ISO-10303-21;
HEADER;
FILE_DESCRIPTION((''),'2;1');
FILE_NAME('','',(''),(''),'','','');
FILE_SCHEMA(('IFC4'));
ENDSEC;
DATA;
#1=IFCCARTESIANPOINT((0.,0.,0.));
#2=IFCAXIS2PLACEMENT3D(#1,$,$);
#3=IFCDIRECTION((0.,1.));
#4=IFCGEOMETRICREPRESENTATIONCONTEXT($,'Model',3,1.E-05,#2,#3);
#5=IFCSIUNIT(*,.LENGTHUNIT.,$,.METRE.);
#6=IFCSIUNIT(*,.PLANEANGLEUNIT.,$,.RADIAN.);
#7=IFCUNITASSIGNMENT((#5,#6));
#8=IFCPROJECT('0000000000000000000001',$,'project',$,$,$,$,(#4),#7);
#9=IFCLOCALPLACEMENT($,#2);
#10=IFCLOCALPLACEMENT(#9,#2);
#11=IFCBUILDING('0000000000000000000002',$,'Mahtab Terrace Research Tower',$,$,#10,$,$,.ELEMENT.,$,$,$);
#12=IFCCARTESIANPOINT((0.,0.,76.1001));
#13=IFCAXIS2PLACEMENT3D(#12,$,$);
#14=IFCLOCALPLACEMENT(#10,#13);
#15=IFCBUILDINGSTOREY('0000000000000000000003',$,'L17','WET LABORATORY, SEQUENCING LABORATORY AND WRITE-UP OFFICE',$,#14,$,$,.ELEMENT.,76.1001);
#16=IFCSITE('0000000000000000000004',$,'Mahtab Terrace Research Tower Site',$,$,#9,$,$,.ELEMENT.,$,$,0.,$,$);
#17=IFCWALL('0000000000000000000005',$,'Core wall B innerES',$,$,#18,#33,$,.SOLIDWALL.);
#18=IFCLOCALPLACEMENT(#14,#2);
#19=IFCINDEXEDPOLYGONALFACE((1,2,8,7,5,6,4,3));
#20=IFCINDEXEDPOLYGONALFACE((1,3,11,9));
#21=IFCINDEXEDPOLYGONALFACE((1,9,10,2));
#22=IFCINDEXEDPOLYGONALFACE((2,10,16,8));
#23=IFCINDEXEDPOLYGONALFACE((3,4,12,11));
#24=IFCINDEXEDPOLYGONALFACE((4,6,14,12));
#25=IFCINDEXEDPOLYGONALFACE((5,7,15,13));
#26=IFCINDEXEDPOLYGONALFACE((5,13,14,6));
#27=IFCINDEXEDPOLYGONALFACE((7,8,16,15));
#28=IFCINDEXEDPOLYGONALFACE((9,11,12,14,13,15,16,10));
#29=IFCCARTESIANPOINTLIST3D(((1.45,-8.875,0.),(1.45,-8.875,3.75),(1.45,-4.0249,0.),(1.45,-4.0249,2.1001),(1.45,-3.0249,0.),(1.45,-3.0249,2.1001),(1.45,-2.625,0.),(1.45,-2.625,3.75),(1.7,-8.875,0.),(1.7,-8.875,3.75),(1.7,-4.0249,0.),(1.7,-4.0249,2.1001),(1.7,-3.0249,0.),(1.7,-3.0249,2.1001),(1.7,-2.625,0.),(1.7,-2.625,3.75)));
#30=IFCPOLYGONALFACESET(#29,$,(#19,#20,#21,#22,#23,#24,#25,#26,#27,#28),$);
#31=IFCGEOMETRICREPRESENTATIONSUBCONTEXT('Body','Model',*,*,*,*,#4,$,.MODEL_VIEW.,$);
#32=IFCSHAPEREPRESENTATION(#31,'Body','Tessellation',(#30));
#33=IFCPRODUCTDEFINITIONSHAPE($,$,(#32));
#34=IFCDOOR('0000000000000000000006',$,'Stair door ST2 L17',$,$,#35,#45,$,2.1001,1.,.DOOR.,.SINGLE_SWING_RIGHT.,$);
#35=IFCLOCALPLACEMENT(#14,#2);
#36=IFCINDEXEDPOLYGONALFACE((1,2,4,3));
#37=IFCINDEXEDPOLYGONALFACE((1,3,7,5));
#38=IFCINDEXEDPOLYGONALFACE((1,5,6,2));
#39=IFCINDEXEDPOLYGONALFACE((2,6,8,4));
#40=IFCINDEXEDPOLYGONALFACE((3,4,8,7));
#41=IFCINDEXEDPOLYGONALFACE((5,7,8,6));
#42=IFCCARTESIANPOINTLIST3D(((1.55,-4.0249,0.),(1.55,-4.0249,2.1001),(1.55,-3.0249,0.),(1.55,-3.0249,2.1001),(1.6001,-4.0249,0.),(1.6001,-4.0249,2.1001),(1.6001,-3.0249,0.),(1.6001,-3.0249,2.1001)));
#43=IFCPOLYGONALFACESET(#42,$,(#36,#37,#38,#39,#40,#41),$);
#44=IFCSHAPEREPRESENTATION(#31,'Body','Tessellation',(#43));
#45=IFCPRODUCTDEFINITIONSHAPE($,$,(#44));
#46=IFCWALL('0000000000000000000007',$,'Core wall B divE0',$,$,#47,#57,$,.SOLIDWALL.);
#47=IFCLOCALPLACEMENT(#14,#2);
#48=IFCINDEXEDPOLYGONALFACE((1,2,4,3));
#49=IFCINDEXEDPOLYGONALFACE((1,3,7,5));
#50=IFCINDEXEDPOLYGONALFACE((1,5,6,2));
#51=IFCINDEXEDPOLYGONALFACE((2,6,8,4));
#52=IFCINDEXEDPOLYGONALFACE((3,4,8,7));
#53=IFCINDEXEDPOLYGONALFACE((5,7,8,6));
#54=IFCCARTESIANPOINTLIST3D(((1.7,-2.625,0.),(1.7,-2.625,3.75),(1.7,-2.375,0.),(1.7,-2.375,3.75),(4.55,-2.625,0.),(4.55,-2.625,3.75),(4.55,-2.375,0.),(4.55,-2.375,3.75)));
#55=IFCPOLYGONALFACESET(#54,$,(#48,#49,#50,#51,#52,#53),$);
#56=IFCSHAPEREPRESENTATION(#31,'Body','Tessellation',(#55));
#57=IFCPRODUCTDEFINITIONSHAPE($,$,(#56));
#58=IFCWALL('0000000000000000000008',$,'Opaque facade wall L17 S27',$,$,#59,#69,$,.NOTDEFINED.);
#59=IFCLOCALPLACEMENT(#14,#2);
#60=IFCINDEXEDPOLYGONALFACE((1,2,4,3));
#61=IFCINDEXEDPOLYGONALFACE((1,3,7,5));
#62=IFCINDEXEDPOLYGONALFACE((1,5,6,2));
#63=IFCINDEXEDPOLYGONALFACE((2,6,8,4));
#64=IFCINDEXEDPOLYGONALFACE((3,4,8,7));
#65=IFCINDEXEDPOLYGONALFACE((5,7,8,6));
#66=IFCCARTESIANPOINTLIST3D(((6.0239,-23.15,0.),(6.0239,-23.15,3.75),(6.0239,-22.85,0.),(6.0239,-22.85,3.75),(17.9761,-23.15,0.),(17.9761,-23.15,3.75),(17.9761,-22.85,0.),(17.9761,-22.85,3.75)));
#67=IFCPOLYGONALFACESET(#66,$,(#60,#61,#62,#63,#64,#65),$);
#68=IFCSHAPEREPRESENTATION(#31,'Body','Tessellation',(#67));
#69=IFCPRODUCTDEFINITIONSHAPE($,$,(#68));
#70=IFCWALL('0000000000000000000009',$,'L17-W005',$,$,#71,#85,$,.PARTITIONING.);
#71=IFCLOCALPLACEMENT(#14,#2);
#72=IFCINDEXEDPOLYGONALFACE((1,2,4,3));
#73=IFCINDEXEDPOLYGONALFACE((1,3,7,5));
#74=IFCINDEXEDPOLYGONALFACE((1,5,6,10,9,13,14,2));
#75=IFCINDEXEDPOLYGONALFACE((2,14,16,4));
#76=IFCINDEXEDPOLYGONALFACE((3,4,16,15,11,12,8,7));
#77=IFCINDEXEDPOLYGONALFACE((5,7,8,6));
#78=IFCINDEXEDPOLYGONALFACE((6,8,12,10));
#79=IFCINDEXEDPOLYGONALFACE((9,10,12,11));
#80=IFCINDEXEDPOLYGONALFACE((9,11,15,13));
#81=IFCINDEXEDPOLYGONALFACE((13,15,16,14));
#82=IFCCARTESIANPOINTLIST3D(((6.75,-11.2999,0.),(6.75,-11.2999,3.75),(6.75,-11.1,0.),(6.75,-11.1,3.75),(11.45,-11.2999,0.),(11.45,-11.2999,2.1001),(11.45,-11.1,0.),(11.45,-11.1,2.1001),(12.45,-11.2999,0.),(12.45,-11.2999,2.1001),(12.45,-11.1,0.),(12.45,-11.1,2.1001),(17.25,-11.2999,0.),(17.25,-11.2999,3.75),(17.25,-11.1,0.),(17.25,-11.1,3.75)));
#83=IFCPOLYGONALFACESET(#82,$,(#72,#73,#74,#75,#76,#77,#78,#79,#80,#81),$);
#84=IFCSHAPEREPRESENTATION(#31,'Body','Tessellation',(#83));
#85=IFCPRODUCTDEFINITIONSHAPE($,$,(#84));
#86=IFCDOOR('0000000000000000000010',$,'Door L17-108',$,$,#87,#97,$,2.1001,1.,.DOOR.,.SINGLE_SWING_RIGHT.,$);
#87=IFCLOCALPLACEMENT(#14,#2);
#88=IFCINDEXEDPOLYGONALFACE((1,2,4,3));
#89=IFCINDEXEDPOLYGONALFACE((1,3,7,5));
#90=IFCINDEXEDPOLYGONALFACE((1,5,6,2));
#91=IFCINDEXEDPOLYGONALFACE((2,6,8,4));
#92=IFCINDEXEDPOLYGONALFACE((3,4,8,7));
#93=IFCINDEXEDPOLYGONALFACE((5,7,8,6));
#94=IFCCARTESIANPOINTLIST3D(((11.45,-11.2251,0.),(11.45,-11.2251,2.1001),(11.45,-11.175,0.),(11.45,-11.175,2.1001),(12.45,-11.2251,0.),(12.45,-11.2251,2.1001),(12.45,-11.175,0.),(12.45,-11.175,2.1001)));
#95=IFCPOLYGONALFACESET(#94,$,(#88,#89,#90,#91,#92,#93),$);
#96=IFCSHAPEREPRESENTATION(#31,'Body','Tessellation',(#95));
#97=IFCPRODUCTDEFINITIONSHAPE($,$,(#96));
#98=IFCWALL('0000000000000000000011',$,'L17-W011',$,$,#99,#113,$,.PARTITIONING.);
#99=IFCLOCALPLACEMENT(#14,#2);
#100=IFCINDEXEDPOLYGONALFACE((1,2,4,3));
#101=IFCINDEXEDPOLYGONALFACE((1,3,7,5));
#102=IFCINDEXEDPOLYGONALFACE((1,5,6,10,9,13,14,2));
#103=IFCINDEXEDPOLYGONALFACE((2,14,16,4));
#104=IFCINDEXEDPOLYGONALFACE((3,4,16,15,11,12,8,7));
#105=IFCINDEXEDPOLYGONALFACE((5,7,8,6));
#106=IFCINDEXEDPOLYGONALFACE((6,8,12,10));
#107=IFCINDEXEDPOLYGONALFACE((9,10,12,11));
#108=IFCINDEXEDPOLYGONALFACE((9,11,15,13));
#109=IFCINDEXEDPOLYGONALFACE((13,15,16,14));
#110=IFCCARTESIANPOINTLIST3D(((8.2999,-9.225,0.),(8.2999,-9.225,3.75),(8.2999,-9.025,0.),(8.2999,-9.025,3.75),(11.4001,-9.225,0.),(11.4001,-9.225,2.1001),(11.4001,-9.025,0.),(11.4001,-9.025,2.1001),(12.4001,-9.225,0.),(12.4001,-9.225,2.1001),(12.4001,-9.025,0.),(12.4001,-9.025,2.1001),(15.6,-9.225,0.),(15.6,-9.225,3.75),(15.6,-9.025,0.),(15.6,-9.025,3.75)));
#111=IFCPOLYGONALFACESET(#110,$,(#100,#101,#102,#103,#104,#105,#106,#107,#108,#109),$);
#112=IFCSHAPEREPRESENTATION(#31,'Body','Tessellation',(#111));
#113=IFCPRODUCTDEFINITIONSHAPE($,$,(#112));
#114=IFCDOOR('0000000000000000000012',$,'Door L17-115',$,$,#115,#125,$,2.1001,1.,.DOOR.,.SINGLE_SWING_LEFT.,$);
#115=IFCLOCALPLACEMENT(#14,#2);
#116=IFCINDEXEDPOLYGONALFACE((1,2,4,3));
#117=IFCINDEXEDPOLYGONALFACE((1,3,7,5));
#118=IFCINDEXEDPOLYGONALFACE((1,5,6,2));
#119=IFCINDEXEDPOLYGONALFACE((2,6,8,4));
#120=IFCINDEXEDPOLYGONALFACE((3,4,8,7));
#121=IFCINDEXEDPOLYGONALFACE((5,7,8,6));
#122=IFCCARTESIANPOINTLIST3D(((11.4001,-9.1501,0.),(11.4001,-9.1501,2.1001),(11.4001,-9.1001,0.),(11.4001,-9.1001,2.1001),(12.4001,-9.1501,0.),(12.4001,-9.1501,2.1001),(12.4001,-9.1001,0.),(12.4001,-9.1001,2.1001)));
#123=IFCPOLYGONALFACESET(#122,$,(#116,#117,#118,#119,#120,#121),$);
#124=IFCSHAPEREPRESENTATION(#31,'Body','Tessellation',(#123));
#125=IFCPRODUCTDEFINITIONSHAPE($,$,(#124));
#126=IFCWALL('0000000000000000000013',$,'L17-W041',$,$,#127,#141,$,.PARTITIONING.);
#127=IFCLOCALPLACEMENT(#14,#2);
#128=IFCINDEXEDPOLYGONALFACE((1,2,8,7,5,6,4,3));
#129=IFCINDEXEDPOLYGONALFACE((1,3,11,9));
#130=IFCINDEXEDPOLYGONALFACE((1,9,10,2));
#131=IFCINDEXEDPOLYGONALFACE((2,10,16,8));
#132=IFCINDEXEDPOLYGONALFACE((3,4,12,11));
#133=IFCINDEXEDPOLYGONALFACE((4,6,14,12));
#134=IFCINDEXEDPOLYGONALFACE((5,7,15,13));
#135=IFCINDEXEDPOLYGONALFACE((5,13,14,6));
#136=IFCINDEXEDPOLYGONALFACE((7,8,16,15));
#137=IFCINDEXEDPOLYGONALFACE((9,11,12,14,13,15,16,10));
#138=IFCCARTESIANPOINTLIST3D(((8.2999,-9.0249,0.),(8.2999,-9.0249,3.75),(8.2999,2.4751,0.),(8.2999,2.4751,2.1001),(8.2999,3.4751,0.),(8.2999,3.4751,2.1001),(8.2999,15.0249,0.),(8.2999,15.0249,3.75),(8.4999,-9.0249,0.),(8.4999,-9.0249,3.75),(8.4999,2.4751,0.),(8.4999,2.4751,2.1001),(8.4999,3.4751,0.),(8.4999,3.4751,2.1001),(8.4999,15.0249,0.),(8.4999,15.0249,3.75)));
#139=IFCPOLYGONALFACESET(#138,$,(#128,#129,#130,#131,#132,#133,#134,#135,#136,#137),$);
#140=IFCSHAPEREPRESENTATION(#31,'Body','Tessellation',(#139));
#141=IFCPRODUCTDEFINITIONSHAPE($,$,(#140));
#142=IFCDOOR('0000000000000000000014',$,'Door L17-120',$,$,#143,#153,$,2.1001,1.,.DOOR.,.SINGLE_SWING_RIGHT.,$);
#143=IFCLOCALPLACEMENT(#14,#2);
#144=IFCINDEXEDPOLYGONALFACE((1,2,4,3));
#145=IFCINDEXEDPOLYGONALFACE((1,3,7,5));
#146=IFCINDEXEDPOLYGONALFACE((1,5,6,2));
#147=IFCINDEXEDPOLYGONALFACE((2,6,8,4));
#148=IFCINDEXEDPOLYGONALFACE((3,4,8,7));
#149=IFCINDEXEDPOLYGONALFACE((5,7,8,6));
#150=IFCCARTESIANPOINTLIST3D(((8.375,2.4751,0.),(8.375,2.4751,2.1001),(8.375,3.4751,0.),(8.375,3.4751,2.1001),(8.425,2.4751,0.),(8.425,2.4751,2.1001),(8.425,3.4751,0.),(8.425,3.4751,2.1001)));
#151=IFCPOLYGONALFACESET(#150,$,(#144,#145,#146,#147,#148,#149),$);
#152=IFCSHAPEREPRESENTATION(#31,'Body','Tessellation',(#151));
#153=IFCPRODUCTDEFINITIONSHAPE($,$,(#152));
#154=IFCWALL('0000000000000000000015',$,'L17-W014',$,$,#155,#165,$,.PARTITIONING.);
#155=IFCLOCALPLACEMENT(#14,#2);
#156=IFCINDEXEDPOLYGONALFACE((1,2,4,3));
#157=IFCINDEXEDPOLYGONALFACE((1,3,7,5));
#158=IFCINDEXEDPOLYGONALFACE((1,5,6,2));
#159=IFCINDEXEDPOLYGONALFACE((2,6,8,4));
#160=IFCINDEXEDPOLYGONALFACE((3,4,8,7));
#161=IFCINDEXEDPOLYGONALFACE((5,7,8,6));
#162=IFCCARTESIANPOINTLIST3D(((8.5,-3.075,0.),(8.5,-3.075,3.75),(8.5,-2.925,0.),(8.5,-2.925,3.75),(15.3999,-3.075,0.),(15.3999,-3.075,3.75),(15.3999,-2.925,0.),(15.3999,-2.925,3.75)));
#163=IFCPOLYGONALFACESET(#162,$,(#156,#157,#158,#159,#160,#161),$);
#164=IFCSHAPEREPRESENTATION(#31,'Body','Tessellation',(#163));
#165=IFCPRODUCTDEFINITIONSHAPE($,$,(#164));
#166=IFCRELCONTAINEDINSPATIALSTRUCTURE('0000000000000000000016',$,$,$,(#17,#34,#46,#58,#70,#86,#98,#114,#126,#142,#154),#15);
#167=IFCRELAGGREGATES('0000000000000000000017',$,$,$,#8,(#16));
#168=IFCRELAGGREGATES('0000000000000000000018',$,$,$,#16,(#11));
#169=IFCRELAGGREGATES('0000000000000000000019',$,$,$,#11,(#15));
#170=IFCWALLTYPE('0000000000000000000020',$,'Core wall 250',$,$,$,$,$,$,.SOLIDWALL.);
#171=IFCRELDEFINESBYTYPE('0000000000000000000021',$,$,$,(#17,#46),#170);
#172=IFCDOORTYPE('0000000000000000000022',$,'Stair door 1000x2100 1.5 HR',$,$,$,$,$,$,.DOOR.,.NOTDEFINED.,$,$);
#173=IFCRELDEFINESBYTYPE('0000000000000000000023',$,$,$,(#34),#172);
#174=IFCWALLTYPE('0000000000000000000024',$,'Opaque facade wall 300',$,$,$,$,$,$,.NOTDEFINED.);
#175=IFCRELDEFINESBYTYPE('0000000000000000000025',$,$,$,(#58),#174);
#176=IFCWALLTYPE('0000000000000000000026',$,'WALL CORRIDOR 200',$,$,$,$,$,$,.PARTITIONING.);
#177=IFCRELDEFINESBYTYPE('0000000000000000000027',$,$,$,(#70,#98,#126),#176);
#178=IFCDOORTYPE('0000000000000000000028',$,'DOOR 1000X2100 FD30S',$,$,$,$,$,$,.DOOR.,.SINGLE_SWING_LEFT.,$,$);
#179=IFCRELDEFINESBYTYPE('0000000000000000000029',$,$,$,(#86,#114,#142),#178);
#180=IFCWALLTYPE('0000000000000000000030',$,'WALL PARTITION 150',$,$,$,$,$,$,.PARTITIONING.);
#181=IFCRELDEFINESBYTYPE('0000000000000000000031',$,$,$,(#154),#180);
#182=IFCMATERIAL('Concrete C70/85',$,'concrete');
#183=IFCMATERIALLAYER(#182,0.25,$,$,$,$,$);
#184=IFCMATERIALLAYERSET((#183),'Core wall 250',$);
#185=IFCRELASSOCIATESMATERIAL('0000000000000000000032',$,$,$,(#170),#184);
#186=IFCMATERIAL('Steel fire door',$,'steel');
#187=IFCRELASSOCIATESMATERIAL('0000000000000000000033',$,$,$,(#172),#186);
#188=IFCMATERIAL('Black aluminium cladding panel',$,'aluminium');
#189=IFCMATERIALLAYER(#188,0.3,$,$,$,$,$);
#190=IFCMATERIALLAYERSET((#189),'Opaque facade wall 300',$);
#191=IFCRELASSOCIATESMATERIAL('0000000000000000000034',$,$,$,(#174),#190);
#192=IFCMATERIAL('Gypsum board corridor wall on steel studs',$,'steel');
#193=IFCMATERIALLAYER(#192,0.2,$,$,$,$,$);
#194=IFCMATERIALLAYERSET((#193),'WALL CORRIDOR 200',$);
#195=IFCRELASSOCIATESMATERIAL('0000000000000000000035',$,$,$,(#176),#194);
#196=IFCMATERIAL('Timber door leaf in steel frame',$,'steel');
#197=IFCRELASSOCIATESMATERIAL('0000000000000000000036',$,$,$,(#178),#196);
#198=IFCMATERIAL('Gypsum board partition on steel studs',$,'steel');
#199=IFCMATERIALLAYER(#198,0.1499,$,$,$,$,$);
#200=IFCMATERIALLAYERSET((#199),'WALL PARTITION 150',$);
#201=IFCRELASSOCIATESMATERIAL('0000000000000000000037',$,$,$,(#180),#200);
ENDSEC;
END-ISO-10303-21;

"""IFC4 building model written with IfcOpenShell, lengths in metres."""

from ifc_helpers import new_model, si_unit, direction, frame, frame_2d, origin, place, context, subcontext, project, spatial, rectangle, extrude, material, layer, layer_set, type_object, element, fill, save


model = new_model("IFC4")

# Units and contexts
model_context = context("Model", 3, precision=1e-05, world=origin(), true_north=direction((0.0, 1.0)))
body_context = subcontext(model_context, "Body", "Model", "MODEL_VIEW")
ifc_project = project(units=[si_unit("LENGTHUNIT", "METRE"), si_unit("PLANEANGLEUNIT", "RADIAN")], contexts=[model_context])

# Site, building, storey
site_placement = place(None, origin())
site = spatial("IfcSite", under=ifc_project, at=site_placement, Name="Mahtab Terrace Research Tower Site", CompositionType="ELEMENT", RefElevation=0.0)
building_placement = place(site_placement, origin())
building = spatial("IfcBuilding", under=site, at=building_placement, Name="Mahtab Terrace Research Tower", CompositionType="ELEMENT")
storey_placement = place(building_placement, frame((0.0, 0.0, 76.1001)))
storey = spatial("IfcBuildingStorey", under=building, at=storey_placement, Name="L17", Description="WET LABORATORY, SEQUENCING LABORATORY AND WRITE-UP OFFICE", CompositionType="ELEMENT", Elevation=76.1001)

# Shared definitions
ifc_material_1 = material(Name="Concrete C70/85", Category="concrete")

# Shared definitions
ifc_layer_1 = layer(ifc_material_1, 0.25)
ifc_layer_set_1 = layer_set([ifc_layer_1], Name="Core wall 250")
wall_type_1 = type_object("IfcWallType", Name="Core wall 250", PredefinedType="SOLIDWALL", material=ifc_layer_set_1)

# Wall, opening, door
ifc_material_2 = material(Name="Steel fire door", Category="steel")
wall_1_placement = place(storey_placement, frame((1.575, -8.875, 0.0), z_axis=(0.0, 0.0, 1.0), x_axis=(0.0, 1.0, 0.0)))
wall_1 = element("IfcWall", 1, at=wall_1_placement, inside=storey, type_object=wall_type_1, Name="Core wall B innerES", PredefinedType="SOLIDWALL", context=body_context, shape_type="SweptSolid", body=[
    extrude(rectangle(XDim=6.25, YDim=0.25, at=frame_2d((3.125, 0.0))), origin(), (0.0, 0.0, 1.0), 3.75),
])
opening_1_placement = place(wall_1_placement, frame((4.8501, 0.0, 0.0)))
opening_1 = element("IfcOpeningElement", 2, at=opening_1_placement, cuts=wall_1, PredefinedType="OPENING", context=body_context, shape_type="SweptSolid", body=[
    extrude(rectangle(XDim=1.0, YDim=2.1001, at=frame_2d((0.5, 1.05))), frame((0.0, 0.135, 0.0), z_axis=(0.0, -1.0, 0.0), x_axis=(1.0, 0.0, 0.0)), (0.0, 0.0, 1.0), 0.27),
])
door_type_1 = type_object("IfcDoorType", Name="Stair door 1000x2100 1.5 HR", OperationType="NOTDEFINED", PredefinedType="DOOR", material=ifc_material_2)
door_1_placement = place(opening_1_placement, origin())
door_1 = element("IfcDoor", 3, at=door_1_placement, inside=storey, type_object=door_type_1, Name="Stair door ST2 L17", OperationType="SINGLE_SWING_RIGHT", OverallHeight=2.1001, OverallWidth=1.0, PredefinedType="DOOR", context=body_context, shape_type="SweptSolid", body=[
    extrude(rectangle(XDim=1.0, YDim=2.1001, at=frame_2d((0.5, 1.05))), frame((0.0, 0.0249, 0.0), z_axis=(0.0, -1.0, 0.0), x_axis=(1.0, 0.0, 0.0)), (0.0, 0.0, 1.0), 0.05),
])
fill(opening_1, door_1)

# Walls
wall_2_placement = place(storey_placement, frame((1.7, -2.5, 0.0), z_axis=(0.0, 0.0, 1.0), x_axis=(1.0, 0.0, 0.0)))
element("IfcWall", 4, at=wall_2_placement, inside=storey, type_object=wall_type_1, Name="Core wall B divE0", PredefinedType="SOLIDWALL", context=body_context, shape_type="SweptSolid", body=[
    extrude(rectangle(XDim=2.8501, YDim=0.25, at=frame_2d((1.425, 0.0))), origin(), (0.0, 0.0, 1.0), 3.75),
])
ifc_material_3 = material(Name="Black aluminium cladding panel", Category="aluminium")
ifc_layer_2 = layer(ifc_material_3, 0.3)
ifc_layer_set_2 = layer_set([ifc_layer_2], Name="Opaque facade wall 300")
wall_type_2 = type_object("IfcWallType", Name="Opaque facade wall 300", PredefinedType="NOTDEFINED", material=ifc_layer_set_2)
wall_3_placement = place(storey_placement, frame((6.0239, -23.0, 0.0), z_axis=(0.0, 0.0, 1.0), x_axis=(1.0, 0.0, 0.0)))
element("IfcWall", 5, at=wall_3_placement, inside=storey, type_object=wall_type_2, Name="Opaque facade wall L17 S27", PredefinedType="NOTDEFINED", context=body_context, shape_type="SweptSolid", body=[
    extrude(rectangle(XDim=11.9521, YDim=0.3, at=frame_2d((5.9761, 0.0))), origin(), (0.0, 0.0, 1.0), 3.75),
])

# Walls, openings, doors
ifc_material_4 = material(Name="Gypsum board corridor wall on steel studs", Category="steel")
ifc_layer_3 = layer(ifc_material_4, 0.2)
ifc_layer_set_3 = layer_set([ifc_layer_3], Name="WALL CORRIDOR 200")
wall_type_3 = type_object("IfcWallType", Name="WALL CORRIDOR 200", PredefinedType="PARTITIONING", material=ifc_layer_set_3)
wall_4_placement = place(storey_placement, frame((6.75, -11.2, 0.0), z_axis=(0.0, 0.0, 1.0), x_axis=(1.0, 0.0, 0.0)))
wall_4 = element("IfcWall", 6, at=wall_4_placement, inside=storey, type_object=wall_type_3, Name="L17-W005", PredefinedType="PARTITIONING", context=body_context, shape_type="SweptSolid", body=[
    extrude(rectangle(XDim=10.5, YDim=0.2, at=frame_2d((5.25, 0.0))), origin(), (0.0, 0.0, 1.0), 3.75),
])
opening_2_placement = place(wall_4_placement, frame((4.7, 0.0, 0.0)))
opening_2 = element("IfcOpeningElement", 7, at=opening_2_placement, cuts=wall_4, PredefinedType="OPENING", context=body_context, shape_type="SweptSolid", body=[
    extrude(rectangle(XDim=1.0, YDim=2.1001, at=frame_2d((0.5, 1.05))), frame((0.0, 0.1099, 0.0), z_axis=(0.0, -1.0, 0.0), x_axis=(1.0, 0.0, 0.0)), (0.0, 0.0, 1.0), 0.22),
])
ifc_material_5 = material(Name="Timber door leaf in steel frame", Category="steel")
door_type_2 = type_object("IfcDoorType", Name="DOOR 1000X2100 FD30S", OperationType="SINGLE_SWING_LEFT", PredefinedType="DOOR", material=ifc_material_5)
door_2_placement = place(opening_2_placement, origin())
door_2 = element("IfcDoor", 8, at=door_2_placement, inside=storey, type_object=door_type_2, Name="Door L17-108", OperationType="SINGLE_SWING_RIGHT", OverallHeight=2.1001, OverallWidth=1.0, PredefinedType="DOOR", context=body_context, shape_type="SweptSolid", body=[
    extrude(rectangle(XDim=1.0, YDim=2.1001, at=frame_2d((0.5, 1.05))), frame((0.0, 0.0249, 0.0), z_axis=(0.0, -1.0, 0.0), x_axis=(1.0, 0.0, 0.0)), (0.0, 0.0, 1.0), 0.05),
])
fill(opening_2, door_2)
wall_5_placement = place(storey_placement, frame((8.3, -9.125, 0.0), z_axis=(0.0, 0.0, 1.0), x_axis=(1.0, 0.0, 0.0)))
wall_5 = element("IfcWall", 9, at=wall_5_placement, inside=storey, type_object=wall_type_3, Name="L17-W011", PredefinedType="PARTITIONING", context=body_context, shape_type="SweptSolid", body=[
    extrude(rectangle(XDim=7.3, YDim=0.2, at=frame_2d((3.6499, 0.0))), origin(), (0.0, 0.0, 1.0), 3.75),
])
opening_3_placement = place(wall_5_placement, frame((3.1001, 0.0, 0.0)))
opening_3 = element("IfcOpeningElement", 10, at=opening_3_placement, cuts=wall_5, PredefinedType="OPENING", context=body_context, shape_type="SweptSolid", body=[
    extrude(rectangle(XDim=1.0, YDim=2.1001, at=frame_2d((0.5, 1.05))), frame((0.0, 0.1099, 0.0), z_axis=(0.0, -1.0, 0.0), x_axis=(1.0, 0.0, 0.0)), (0.0, 0.0, 1.0), 0.22),
])
door_3_placement = place(opening_3_placement, origin())
door_3 = element("IfcDoor", 11, at=door_3_placement, inside=storey, type_object=door_type_2, Name="Door L17-115", OperationType="SINGLE_SWING_LEFT", OverallHeight=2.1001, OverallWidth=1.0, PredefinedType="DOOR", context=body_context, shape_type="SweptSolid", body=[
    extrude(rectangle(XDim=1.0, YDim=2.1001, at=frame_2d((0.5, 1.05))), frame((0.0, 0.0249, 0.0), z_axis=(0.0, -1.0, 0.0), x_axis=(1.0, 0.0, 0.0)), (0.0, 0.0, 1.0), 0.05),
])
fill(opening_3, door_3)
wall_6_placement = place(storey_placement, frame((8.3999, -9.0249, 0.0), z_axis=(0.0, 0.0, 1.0), x_axis=(0.0, 1.0, 0.0)))
wall_6 = element("IfcWall", 12, at=wall_6_placement, inside=storey, type_object=wall_type_3, Name="L17-W041", PredefinedType="PARTITIONING", context=body_context, shape_type="SweptSolid", body=[
    extrude(rectangle(XDim=24.0498, YDim=0.2, at=frame_2d((12.0249, 0.0))), origin(), (0.0, 0.0, 1.0), 3.75),
])
opening_4_placement = place(wall_6_placement, frame((11.5, 0.0, 0.0)))
opening_4 = element("IfcOpeningElement", 13, at=opening_4_placement, cuts=wall_6, PredefinedType="OPENING", context=body_context, shape_type="SweptSolid", body=[
    extrude(rectangle(XDim=1.0, YDim=2.1001, at=frame_2d((0.5, 1.05))), frame((0.0, 0.1099, 0.0), z_axis=(0.0, -1.0, 0.0), x_axis=(1.0, 0.0, 0.0)), (0.0, 0.0, 1.0), 0.22),
])
door_4_placement = place(opening_4_placement, origin())
door_4 = element("IfcDoor", 14, at=door_4_placement, inside=storey, type_object=door_type_2, Name="Door L17-120", OperationType="SINGLE_SWING_RIGHT", OverallHeight=2.1001, OverallWidth=1.0, PredefinedType="DOOR", context=body_context, shape_type="SweptSolid", body=[
    extrude(rectangle(XDim=1.0, YDim=2.1001, at=frame_2d((0.5, 1.05))), frame((0.0, 0.0249, 0.0), z_axis=(0.0, -1.0, 0.0), x_axis=(1.0, 0.0, 0.0)), (0.0, 0.0, 1.0), 0.05),
])
fill(opening_4, door_4)

# Wall
ifc_material_6 = material(Name="Gypsum board partition on steel studs", Category="steel")
ifc_layer_4 = layer(ifc_material_6, 0.1499)
ifc_layer_set_4 = layer_set([ifc_layer_4], Name="WALL PARTITION 150")
wall_type_4 = type_object("IfcWallType", Name="WALL PARTITION 150", PredefinedType="PARTITIONING", material=ifc_layer_set_4)
wall_7_placement = place(storey_placement, frame((8.5, -3.0, 0.0), z_axis=(0.0, 0.0, 1.0), x_axis=(1.0, 0.0, 0.0)))
element("IfcWall", 15, at=wall_7_placement, inside=storey, type_object=wall_type_4, Name="L17-W014", PredefinedType="PARTITIONING", context=body_context, shape_type="SweptSolid", body=[
    extrude(rectangle(XDim=6.8999, YDim=0.1499, at=frame_2d((3.45, 0.0))), origin(), (0.0, 0.0, 1.0), 3.75),
])

save(model, "model.ifc")
